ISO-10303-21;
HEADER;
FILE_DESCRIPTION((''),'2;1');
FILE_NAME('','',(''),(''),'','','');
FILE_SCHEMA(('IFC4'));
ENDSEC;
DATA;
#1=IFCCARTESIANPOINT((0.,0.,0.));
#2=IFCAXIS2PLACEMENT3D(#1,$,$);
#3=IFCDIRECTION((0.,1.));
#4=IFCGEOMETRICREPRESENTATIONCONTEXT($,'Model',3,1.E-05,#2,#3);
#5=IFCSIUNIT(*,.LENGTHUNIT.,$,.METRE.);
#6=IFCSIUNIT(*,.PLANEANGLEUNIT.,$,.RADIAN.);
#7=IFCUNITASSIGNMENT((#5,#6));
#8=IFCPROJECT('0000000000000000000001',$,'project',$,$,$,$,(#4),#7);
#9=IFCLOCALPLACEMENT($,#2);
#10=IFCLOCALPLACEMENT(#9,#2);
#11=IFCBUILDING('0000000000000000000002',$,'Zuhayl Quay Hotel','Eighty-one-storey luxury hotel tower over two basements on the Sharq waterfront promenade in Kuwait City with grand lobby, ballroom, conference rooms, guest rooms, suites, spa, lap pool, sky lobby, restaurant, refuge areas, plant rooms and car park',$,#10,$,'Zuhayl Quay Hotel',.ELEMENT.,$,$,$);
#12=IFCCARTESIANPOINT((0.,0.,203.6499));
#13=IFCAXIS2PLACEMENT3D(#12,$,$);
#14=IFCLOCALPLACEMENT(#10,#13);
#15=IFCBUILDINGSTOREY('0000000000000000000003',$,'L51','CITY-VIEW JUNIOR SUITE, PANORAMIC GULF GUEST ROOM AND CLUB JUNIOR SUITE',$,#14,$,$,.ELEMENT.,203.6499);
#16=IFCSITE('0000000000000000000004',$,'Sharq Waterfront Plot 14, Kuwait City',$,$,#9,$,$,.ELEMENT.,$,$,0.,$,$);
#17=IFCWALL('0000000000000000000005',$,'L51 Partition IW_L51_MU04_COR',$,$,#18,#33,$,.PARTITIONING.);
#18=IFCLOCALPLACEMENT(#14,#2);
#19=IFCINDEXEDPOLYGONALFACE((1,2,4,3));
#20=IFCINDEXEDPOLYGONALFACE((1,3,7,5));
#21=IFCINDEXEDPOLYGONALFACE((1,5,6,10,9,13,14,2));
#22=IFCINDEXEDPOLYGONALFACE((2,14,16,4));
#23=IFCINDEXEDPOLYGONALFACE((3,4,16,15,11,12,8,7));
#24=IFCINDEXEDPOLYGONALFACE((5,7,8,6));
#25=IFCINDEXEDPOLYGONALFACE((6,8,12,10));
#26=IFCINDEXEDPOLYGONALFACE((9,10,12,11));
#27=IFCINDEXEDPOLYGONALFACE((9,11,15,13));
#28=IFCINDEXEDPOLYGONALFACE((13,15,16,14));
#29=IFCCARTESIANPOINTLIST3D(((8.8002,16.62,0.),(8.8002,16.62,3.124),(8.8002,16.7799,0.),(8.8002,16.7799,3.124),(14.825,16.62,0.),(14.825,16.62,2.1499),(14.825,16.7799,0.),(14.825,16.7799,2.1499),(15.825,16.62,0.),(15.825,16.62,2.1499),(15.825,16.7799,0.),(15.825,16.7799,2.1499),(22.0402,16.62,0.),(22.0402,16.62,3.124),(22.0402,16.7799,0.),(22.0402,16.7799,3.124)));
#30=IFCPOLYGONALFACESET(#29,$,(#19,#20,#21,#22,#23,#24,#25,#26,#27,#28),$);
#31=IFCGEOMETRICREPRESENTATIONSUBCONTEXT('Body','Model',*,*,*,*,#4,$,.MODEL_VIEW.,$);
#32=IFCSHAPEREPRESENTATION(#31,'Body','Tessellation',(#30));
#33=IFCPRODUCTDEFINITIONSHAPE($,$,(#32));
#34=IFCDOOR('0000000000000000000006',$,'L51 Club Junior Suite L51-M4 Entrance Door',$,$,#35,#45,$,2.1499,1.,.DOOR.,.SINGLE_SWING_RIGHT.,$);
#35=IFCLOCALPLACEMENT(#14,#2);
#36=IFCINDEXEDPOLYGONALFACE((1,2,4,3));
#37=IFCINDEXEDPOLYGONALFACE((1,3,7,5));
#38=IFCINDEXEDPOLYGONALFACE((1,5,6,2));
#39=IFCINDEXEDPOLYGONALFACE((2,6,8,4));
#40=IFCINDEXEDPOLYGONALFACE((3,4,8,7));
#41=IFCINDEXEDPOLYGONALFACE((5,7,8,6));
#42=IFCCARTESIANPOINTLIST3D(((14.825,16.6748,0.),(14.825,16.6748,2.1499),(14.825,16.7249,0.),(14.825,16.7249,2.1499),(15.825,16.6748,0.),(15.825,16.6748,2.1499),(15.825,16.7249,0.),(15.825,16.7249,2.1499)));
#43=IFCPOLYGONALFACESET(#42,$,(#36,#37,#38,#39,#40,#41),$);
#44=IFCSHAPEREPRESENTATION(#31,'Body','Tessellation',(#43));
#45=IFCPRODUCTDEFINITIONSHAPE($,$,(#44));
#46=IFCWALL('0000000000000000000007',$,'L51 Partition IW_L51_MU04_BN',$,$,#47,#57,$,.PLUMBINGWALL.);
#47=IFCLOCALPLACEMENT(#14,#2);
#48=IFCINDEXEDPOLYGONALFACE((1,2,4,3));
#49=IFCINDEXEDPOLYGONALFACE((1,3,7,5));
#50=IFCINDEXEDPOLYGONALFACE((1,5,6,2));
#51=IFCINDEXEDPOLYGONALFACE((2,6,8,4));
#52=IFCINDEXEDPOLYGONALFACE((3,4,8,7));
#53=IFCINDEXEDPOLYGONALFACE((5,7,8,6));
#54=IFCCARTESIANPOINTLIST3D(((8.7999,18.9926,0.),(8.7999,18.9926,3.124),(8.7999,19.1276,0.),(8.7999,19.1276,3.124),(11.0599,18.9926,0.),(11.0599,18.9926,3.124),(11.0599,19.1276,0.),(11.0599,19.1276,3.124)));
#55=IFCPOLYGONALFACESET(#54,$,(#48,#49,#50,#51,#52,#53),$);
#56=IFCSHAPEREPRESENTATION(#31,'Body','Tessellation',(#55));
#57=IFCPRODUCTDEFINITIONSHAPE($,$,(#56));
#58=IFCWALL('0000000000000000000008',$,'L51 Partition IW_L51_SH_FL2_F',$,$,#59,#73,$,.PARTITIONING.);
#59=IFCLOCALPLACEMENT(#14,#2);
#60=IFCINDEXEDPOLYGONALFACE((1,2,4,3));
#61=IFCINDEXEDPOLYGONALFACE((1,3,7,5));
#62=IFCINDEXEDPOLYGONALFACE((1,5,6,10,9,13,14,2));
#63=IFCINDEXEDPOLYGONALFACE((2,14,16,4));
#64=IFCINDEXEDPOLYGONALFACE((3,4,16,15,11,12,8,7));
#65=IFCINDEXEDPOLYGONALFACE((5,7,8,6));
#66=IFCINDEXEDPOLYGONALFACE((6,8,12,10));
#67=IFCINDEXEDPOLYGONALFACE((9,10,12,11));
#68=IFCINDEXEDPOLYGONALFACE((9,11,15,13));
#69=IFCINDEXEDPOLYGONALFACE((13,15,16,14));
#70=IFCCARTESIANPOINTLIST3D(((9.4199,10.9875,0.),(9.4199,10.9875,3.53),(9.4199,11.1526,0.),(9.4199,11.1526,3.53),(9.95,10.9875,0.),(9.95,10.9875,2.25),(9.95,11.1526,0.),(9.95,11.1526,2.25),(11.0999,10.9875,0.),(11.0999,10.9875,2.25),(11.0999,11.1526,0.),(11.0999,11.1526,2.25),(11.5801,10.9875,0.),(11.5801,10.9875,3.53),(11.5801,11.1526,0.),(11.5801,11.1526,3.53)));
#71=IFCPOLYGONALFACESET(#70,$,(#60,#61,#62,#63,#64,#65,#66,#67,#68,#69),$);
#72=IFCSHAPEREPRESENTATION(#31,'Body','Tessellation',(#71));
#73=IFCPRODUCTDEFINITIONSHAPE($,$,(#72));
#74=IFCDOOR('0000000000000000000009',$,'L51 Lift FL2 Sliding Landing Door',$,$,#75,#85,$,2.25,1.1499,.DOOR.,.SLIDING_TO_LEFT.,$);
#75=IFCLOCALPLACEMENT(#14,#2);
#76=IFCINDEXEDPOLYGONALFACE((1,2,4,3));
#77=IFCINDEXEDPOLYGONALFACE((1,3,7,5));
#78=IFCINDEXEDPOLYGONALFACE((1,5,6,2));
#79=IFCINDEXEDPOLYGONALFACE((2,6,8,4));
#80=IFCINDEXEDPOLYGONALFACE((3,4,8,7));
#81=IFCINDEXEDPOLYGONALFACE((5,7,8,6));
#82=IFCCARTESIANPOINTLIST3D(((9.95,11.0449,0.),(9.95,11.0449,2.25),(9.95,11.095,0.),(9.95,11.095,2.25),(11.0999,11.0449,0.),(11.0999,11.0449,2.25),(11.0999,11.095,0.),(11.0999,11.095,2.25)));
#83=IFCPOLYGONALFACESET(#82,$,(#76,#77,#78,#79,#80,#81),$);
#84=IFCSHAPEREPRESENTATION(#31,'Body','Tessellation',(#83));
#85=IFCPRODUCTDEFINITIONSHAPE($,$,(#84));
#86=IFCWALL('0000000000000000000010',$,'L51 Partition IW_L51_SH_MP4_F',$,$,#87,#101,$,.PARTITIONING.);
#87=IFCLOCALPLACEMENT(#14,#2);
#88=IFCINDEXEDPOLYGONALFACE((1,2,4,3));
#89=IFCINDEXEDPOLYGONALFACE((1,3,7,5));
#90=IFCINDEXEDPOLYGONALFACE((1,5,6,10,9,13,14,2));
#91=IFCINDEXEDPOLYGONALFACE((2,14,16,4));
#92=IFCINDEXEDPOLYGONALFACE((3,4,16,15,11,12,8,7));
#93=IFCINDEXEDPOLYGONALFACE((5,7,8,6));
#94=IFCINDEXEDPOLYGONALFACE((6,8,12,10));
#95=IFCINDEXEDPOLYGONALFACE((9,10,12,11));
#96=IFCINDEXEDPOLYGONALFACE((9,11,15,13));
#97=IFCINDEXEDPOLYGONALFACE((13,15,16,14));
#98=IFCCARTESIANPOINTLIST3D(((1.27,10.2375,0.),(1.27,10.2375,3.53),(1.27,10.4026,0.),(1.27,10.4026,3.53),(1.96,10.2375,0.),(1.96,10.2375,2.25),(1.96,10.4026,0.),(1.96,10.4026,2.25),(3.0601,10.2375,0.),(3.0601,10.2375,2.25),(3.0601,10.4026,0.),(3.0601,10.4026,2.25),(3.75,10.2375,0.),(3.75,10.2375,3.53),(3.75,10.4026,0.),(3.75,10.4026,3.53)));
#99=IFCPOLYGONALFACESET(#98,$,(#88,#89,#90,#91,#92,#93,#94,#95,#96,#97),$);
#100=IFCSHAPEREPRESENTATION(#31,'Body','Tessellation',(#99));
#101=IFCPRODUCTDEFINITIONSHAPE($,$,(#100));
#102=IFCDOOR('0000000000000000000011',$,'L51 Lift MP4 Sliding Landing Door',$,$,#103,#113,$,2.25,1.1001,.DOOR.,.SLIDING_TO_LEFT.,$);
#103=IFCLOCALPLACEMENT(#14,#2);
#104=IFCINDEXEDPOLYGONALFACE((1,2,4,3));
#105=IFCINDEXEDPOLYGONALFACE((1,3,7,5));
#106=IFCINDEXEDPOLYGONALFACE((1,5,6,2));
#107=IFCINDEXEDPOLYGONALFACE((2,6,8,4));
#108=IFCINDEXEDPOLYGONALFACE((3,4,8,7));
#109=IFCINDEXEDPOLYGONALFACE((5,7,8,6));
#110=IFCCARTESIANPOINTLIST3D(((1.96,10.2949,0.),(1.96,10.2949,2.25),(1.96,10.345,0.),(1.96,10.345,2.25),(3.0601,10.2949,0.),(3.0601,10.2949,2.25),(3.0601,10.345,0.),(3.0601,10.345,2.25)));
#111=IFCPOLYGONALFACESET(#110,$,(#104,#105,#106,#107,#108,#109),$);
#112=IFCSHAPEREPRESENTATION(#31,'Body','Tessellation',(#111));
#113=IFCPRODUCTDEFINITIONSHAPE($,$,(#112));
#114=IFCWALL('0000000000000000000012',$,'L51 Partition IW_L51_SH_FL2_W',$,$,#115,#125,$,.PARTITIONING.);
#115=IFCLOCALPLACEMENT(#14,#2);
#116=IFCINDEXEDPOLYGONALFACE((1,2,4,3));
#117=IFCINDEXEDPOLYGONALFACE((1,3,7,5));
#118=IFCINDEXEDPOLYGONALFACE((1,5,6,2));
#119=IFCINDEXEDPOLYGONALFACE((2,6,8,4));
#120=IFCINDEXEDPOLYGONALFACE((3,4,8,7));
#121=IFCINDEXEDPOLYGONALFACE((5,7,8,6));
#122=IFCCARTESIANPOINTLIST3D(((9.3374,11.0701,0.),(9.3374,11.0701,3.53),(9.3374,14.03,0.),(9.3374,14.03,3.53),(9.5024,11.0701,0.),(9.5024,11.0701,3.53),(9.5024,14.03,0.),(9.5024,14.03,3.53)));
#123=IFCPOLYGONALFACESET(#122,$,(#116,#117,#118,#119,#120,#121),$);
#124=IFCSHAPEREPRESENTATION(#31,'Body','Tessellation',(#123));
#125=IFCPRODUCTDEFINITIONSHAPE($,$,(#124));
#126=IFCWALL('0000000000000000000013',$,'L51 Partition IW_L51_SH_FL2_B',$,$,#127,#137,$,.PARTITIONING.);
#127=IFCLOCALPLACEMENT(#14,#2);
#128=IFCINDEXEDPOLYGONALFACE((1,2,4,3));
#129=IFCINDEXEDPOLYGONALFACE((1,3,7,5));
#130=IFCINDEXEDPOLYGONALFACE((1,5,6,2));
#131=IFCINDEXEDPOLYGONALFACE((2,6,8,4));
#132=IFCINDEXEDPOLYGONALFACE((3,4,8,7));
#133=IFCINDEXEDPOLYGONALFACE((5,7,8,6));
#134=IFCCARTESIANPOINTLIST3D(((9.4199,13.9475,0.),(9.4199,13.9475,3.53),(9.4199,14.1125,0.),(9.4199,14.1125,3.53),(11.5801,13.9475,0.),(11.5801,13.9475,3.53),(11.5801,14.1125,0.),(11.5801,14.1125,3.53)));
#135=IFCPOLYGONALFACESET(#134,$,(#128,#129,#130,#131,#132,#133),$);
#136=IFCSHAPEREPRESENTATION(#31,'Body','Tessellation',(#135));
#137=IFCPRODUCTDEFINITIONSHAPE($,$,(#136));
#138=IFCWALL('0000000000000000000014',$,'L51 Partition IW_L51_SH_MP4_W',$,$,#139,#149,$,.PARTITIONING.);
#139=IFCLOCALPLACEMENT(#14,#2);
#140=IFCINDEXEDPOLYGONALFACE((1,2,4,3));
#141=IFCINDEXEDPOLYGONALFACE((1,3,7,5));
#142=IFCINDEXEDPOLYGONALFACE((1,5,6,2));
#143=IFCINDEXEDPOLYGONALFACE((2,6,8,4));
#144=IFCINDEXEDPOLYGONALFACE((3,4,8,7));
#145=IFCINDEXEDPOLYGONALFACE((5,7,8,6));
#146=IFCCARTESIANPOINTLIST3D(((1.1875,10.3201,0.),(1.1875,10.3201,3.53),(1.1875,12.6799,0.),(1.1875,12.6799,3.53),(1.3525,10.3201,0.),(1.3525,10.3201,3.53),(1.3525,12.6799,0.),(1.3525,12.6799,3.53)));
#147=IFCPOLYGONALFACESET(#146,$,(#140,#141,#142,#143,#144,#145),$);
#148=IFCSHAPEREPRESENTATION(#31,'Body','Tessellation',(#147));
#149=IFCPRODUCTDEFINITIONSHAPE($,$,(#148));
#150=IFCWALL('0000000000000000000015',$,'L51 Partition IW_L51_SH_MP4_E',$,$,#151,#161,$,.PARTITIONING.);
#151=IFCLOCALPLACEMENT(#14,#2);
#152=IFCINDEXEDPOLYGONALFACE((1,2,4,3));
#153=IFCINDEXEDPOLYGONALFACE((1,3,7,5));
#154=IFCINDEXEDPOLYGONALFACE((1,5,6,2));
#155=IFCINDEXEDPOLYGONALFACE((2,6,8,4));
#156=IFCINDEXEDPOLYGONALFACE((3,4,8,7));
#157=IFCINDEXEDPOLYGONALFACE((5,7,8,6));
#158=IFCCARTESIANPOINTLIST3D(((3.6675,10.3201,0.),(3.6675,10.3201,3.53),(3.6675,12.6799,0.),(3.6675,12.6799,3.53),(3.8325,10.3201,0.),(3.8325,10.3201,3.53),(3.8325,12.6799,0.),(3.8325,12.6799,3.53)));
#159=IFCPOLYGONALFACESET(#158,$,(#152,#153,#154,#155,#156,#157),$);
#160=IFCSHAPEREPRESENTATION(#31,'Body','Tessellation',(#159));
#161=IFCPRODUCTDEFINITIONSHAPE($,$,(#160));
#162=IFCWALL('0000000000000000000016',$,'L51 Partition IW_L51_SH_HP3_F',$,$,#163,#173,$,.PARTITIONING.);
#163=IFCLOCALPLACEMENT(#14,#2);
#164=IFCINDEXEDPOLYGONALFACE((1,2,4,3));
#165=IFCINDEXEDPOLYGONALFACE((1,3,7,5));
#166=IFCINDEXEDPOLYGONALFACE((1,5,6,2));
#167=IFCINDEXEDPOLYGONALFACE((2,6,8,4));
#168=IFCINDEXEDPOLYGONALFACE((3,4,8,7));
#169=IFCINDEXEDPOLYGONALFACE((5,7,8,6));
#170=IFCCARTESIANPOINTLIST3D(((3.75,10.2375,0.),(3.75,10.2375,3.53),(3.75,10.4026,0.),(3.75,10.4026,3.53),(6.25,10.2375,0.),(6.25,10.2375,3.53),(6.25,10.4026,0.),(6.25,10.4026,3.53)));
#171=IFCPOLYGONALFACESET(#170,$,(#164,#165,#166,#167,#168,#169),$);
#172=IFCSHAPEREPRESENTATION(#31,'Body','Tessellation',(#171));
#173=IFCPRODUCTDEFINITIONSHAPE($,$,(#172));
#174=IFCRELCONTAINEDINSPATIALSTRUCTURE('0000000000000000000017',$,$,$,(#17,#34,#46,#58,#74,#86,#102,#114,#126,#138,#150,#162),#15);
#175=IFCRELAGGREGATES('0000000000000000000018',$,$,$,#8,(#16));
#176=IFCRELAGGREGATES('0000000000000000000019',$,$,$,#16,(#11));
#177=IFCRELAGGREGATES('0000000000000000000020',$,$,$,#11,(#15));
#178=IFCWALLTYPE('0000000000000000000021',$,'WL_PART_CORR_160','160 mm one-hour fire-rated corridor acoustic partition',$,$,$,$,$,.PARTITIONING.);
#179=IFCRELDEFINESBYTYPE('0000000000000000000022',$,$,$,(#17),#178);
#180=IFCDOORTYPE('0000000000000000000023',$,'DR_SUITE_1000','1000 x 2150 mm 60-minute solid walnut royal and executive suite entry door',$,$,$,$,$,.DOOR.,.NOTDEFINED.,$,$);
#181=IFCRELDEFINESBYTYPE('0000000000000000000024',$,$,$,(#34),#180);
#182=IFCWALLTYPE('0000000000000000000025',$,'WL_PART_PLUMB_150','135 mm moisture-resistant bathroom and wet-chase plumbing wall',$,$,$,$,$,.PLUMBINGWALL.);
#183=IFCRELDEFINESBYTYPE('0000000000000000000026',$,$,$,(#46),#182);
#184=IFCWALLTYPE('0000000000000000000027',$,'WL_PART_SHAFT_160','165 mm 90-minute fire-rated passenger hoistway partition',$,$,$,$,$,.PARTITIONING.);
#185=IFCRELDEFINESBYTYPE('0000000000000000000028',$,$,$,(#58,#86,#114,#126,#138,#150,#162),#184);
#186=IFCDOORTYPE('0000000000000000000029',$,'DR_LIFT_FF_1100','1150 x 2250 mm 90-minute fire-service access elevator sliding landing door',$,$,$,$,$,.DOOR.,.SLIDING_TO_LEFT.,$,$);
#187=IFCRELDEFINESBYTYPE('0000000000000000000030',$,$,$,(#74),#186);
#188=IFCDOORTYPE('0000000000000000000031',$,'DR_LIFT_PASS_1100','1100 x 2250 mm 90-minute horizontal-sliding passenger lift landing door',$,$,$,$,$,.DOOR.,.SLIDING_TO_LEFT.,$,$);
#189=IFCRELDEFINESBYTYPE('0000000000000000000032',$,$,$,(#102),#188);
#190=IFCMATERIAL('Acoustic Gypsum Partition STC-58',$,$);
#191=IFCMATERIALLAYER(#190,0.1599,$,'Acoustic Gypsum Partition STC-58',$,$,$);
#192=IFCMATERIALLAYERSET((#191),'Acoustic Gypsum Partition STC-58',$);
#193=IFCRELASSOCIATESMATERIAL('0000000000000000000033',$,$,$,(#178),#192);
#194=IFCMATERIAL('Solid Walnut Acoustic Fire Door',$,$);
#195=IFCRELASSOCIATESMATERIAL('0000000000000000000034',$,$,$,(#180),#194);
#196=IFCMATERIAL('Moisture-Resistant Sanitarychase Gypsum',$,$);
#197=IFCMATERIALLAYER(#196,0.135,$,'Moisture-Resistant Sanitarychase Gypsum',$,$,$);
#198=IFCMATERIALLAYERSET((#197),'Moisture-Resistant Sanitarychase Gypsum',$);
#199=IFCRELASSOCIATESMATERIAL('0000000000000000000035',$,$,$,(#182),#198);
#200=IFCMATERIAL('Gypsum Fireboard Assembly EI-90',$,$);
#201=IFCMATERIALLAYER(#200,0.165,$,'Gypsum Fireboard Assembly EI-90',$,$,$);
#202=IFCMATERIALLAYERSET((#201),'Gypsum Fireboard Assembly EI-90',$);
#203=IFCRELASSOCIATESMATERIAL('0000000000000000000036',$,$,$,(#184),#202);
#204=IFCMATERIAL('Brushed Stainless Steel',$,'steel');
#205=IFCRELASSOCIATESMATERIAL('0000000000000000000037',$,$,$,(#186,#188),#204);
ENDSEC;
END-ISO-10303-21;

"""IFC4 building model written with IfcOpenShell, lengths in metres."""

from ifc_helpers import new_model, si_unit, direction, frame, frame_2d, origin, place, context, subcontext, project, spatial, rectangle, extrude, material, layer, layer_set, type_object, element, fill, save


model = new_model("IFC4")

# Units and contexts
model_context = context("Model", 3, precision=1e-05, world=origin(), true_north=direction((0.0, 1.0)))
body_context = subcontext(model_context, "Body", "Model", "MODEL_VIEW")
ifc_project = project(units=[si_unit("LENGTHUNIT", "METRE"), si_unit("PLANEANGLEUNIT", "RADIAN")], contexts=[model_context])

# Site, building, storey
site_placement = place(None, origin())
site = spatial("IfcSite", under=ifc_project, at=site_placement, Name="Sharq Waterfront Plot 14, Kuwait City", CompositionType="ELEMENT", RefElevation=0.0)
building_placement = place(site_placement, origin())
building = spatial("IfcBuilding", under=site, at=building_placement, Name="Zuhayl Quay Hotel", Description="Eighty-one-storey luxury hotel tower over two basements on the Sharq waterfront promenade in Kuwait City with grand lobby, ballroom, conference rooms, guest rooms, suites, spa, lap pool, sky lobby, restaurant, refuge areas, plant rooms and car park", LongName="Zuhayl Quay Hotel", CompositionType="ELEMENT")
storey_placement = place(building_placement, frame((0.0, 0.0, 203.6499)))
storey = spatial("IfcBuildingStorey", under=building, at=storey_placement, Name="L51", Description="CITY-VIEW JUNIOR SUITE, PANORAMIC GULF GUEST ROOM AND CLUB JUNIOR SUITE", CompositionType="ELEMENT", Elevation=203.6499)

# Shared definitions
ifc_material_1 = material(Name="Acoustic Gypsum Partition STC-58")

# Wall, opening, door
ifc_layer_1 = layer(ifc_material_1, 0.1599, Name="Acoustic Gypsum Partition STC-58")
ifc_layer_set_1 = layer_set([ifc_layer_1], Name="Acoustic Gypsum Partition STC-58")
wall_type_1 = type_object("IfcWallType", Name="WL_PART_CORR_160", Description="160 mm one-hour fire-rated corridor acoustic partition", PredefinedType="PARTITIONING", material=ifc_layer_set_1)
ifc_material_2 = material(Name="Solid Walnut Acoustic Fire Door")
wall_1_placement = place(storey_placement, frame((8.8, 16.7, 0.0), z_axis=(0.0, 0.0, 1.0), x_axis=(1.0, 0.0, 0.0)))
wall_1 = element("IfcWall", 1, at=wall_1_placement, inside=storey, type_object=wall_type_1, Name="L51 Partition IW_L51_MU04_COR", PredefinedType="PARTITIONING", context=body_context, shape_type="SweptSolid", body=[
    extrude(rectangle(XDim=13.24, YDim=0.1599, at=frame_2d((6.6201, 0.0))), origin(), (0.0, 0.0, 1.0), 3.124),
])
opening_1_placement = place(wall_1_placement, frame((6.0249, 0.0, 0.0)))
opening_1 = element("IfcOpeningElement", 2, at=opening_1_placement, cuts=wall_1, PredefinedType="OPENING", context=body_context, shape_type="SweptSolid", body=[
    extrude(rectangle(XDim=1.0, YDim=2.1499, at=frame_2d((0.5, 1.075))), frame((0.0, 0.0898, 0.0), z_axis=(0.0, -1.0, 0.0), x_axis=(1.0, 0.0, 0.0)), (0.0, 0.0, 1.0), 0.1799),
])
door_type_1 = type_object("IfcDoorType", Name="DR_SUITE_1000", Description="1000 x 2150 mm 60-minute solid walnut royal and executive suite entry door", OperationType="NOTDEFINED", PredefinedType="DOOR", material=ifc_material_2)
door_1_placement = place(opening_1_placement, origin())
door_1 = element("IfcDoor", 3, at=door_1_placement, inside=storey, type_object=door_type_1, Name="L51 Club Junior Suite L51-M4 Entrance Door", OperationType="SINGLE_SWING_RIGHT", OverallHeight=2.1499, OverallWidth=1.0, PredefinedType="DOOR", context=body_context, shape_type="SweptSolid", body=[
    extrude(rectangle(XDim=1.0, YDim=2.1499, at=frame_2d((0.5, 1.075))), frame((0.0, 0.0249, 0.0), z_axis=(0.0, -1.0, 0.0), x_axis=(1.0, 0.0, 0.0)), (0.0, 0.0, 1.0), 0.05),
])
fill(opening_1, door_1)

# Wall
ifc_material_3 = material(Name="Moisture-Resistant Sanitarychase Gypsum")
ifc_layer_2 = layer(ifc_material_3, 0.135, Name="Moisture-Resistant Sanitarychase Gypsum")
ifc_layer_set_2 = layer_set([ifc_layer_2], Name="Moisture-Resistant Sanitarychase Gypsum")
wall_type_2 = type_object("IfcWallType", Name="WL_PART_PLUMB_150", Description="135 mm moisture-resistant bathroom and wet-chase plumbing wall", PredefinedType="PLUMBINGWALL", material=ifc_layer_set_2)
wall_2_placement = place(storey_placement, frame((8.8, 19.0601, 0.0), z_axis=(0.0, 0.0, 1.0), x_axis=(1.0, 0.0, 0.0)))
element("IfcWall", 4, at=wall_2_placement, inside=storey, type_object=wall_type_2, Name="L51 Partition IW_L51_MU04_BN", PredefinedType="PLUMBINGWALL", context=body_context, shape_type="SweptSolid", body=[
    extrude(rectangle(XDim=2.26, YDim=0.135, at=frame_2d((1.1299, 0.0))), origin(), (0.0, 0.0, 1.0), 3.124),
])

# Walls, openings, doors
ifc_material_4 = material(Name="Gypsum Fireboard Assembly EI-90")
ifc_layer_3 = layer(ifc_material_4, 0.165, Name="Gypsum Fireboard Assembly EI-90")
ifc_layer_set_3 = layer_set([ifc_layer_3], Name="Gypsum Fireboard Assembly EI-90")
wall_type_3 = type_object("IfcWallType", Name="WL_PART_SHAFT_160", Description="165 mm 90-minute fire-rated passenger hoistway partition", PredefinedType="PARTITIONING", material=ifc_layer_set_3)
wall_3_placement = place(storey_placement, frame((9.4199, 11.0701, 0.0), z_axis=(0.0, 0.0, 1.0), x_axis=(1.0, 0.0, 0.0)))
wall_3 = element("IfcWall", 5, at=wall_3_placement, inside=storey, type_object=wall_type_3, Name="L51 Partition IW_L51_SH_FL2_F", PredefinedType="PARTITIONING", context=body_context, shape_type="SweptSolid", body=[
    extrude(rectangle(XDim=2.1602, YDim=0.165, at=frame_2d((1.0801, 0.0))), origin(), (0.0, 0.0, 1.0), 3.53),
])
opening_2_placement = place(wall_3_placement, frame((0.53, 0.0, 0.0)))
opening_2 = element("IfcOpeningElement", 6, at=opening_2_placement, cuts=wall_3, PredefinedType="OPENING", context=body_context, shape_type="SweptSolid", body=[
    extrude(rectangle(XDim=1.1499, YDim=2.25, at=frame_2d((0.575, 1.125))), frame((0.0, 0.0925, 0.0), z_axis=(0.0, -1.0, 0.0), x_axis=(1.0, 0.0, 0.0)), (0.0, 0.0, 1.0), 0.1851),
])
ifc_material_5 = material(Name="Brushed Stainless Steel", Category="steel")
door_type_2 = type_object("IfcDoorType", Name="DR_LIFT_FF_1100", Description="1150 x 2250 mm 90-minute fire-service access elevator sliding landing door", OperationType="SLIDING_TO_LEFT", PredefinedType="DOOR", material=ifc_material_5)
door_2_placement = place(opening_2_placement, origin())
door_2 = element("IfcDoor", 7, at=door_2_placement, inside=storey, type_object=door_type_2, Name="L51 Lift FL2 Sliding Landing Door", OperationType="SLIDING_TO_LEFT", OverallHeight=2.25, OverallWidth=1.1499, PredefinedType="DOOR", context=body_context, shape_type="SweptSolid", body=[
    extrude(rectangle(XDim=1.1499, YDim=2.25, at=frame_2d((0.575, 1.125))), frame((0.0, 0.0249, 0.0), z_axis=(0.0, -1.0, 0.0), x_axis=(1.0, 0.0, 0.0)), (0.0, 0.0, 1.0), 0.05),
])
fill(opening_2, door_2)
wall_4_placement = place(storey_placement, frame((1.27, 10.3201, 0.0), z_axis=(0.0, 0.0, 1.0), x_axis=(1.0, 0.0, 0.0)))
wall_4 = element("IfcWall", 8, at=wall_4_placement, inside=storey, type_object=wall_type_3, Name="L51 Partition IW_L51_SH_MP4_F", PredefinedType="PARTITIONING", context=body_context, shape_type="SweptSolid", body=[
    extrude(rectangle(XDim=2.48, YDim=0.165, at=frame_2d((1.24, 0.0))), origin(), (0.0, 0.0, 1.0), 3.53),
])
opening_3_placement = place(wall_4_placement, frame((0.6899, 0.0, 0.0)))
opening_3 = element("IfcOpeningElement", 9, at=opening_3_placement, cuts=wall_4, PredefinedType="OPENING", context=body_context, shape_type="SweptSolid", body=[
    extrude(rectangle(XDim=1.1001, YDim=2.25, at=frame_2d((0.55, 1.125))), frame((0.0, 0.0925, 0.0), z_axis=(0.0, -1.0, 0.0), x_axis=(1.0, 0.0, 0.0)), (0.0, 0.0, 1.0), 0.1851),
])
door_type_3 = type_object("IfcDoorType", Name="DR_LIFT_PASS_1100", Description="1100 x 2250 mm 90-minute horizontal-sliding passenger lift landing door", OperationType="SLIDING_TO_LEFT", PredefinedType="DOOR", material=ifc_material_5)
door_3_placement = place(opening_3_placement, origin())
door_3 = element("IfcDoor", 10, at=door_3_placement, inside=storey, type_object=door_type_3, Name="L51 Lift MP4 Sliding Landing Door", OperationType="SLIDING_TO_LEFT", OverallHeight=2.25, OverallWidth=1.1001, PredefinedType="DOOR", context=body_context, shape_type="SweptSolid", body=[
    extrude(rectangle(XDim=1.1001, YDim=2.25, at=frame_2d((0.55, 1.125))), frame((0.0, 0.0249, 0.0), z_axis=(0.0, -1.0, 0.0), x_axis=(1.0, 0.0, 0.0)), (0.0, 0.0, 1.0), 0.05),
])
fill(opening_3, door_3)

# Walls
wall_5_placement = place(storey_placement, frame((9.4199, 11.0701, 0.0), z_axis=(0.0, 0.0, 1.0), x_axis=(0.0, 1.0, 0.0)))
element("IfcWall", 11, at=wall_5_placement, inside=storey, type_object=wall_type_3, Name="L51 Partition IW_L51_SH_FL2_W", PredefinedType="PARTITIONING", context=body_context, shape_type="SweptSolid", body=[
    extrude(rectangle(XDim=2.96, YDim=0.165, at=frame_2d((1.48, 0.0))), origin(), (0.0, 0.0, 1.0), 3.53),
])
wall_6_placement = place(storey_placement, frame((9.4199, 14.03, 0.0), z_axis=(0.0, 0.0, 1.0), x_axis=(1.0, 0.0, 0.0)))
element("IfcWall", 12, at=wall_6_placement, inside=storey, type_object=wall_type_3, Name="L51 Partition IW_L51_SH_FL2_B", PredefinedType="PARTITIONING", context=body_context, shape_type="SweptSolid", body=[
    extrude(rectangle(XDim=2.1602, YDim=0.165, at=frame_2d((1.0801, 0.0))), origin(), (0.0, 0.0, 1.0), 3.53),
])
for number, where, z_axis, x_axis, name in (
    (13, (1.27, 10.3201, 0.0), (0.0, 0.0, 1.0), (0.0, 1.0, 0.0), "L51 Partition IW_L51_SH_MP4_W"),
    (14, (3.75, 10.3201, 0.0), (0.0, 0.0, 1.0), (0.0, 1.0, 0.0), "L51 Partition IW_L51_SH_MP4_E"),
):
    element("IfcWall", number, at=place(storey_placement, frame(where, z_axis=z_axis, x_axis=x_axis)), inside=storey, type_object=wall_type_3, Name=name, PredefinedType="PARTITIONING", context=body_context, shape_type="SweptSolid", body=[
        extrude(rectangle(XDim=2.3599, YDim=0.165, at=frame_2d((1.1799, 0.0))), origin(), (0.0, 0.0, 1.0), 3.53),
    ])
wall_7_placement = place(storey_placement, frame((3.75, 10.3201, 0.0), z_axis=(0.0, 0.0, 1.0), x_axis=(1.0, 0.0, 0.0)))
element("IfcWall", 15, at=wall_7_placement, inside=storey, type_object=wall_type_3, Name="L51 Partition IW_L51_SH_HP3_F", PredefinedType="PARTITIONING", context=body_context, shape_type="SweptSolid", body=[
    extrude(rectangle(XDim=2.5, YDim=0.165, at=frame_2d((1.25, 0.0))), origin(), (0.0, 0.0, 1.0), 3.53),
])

save(model, "model.ifc")
